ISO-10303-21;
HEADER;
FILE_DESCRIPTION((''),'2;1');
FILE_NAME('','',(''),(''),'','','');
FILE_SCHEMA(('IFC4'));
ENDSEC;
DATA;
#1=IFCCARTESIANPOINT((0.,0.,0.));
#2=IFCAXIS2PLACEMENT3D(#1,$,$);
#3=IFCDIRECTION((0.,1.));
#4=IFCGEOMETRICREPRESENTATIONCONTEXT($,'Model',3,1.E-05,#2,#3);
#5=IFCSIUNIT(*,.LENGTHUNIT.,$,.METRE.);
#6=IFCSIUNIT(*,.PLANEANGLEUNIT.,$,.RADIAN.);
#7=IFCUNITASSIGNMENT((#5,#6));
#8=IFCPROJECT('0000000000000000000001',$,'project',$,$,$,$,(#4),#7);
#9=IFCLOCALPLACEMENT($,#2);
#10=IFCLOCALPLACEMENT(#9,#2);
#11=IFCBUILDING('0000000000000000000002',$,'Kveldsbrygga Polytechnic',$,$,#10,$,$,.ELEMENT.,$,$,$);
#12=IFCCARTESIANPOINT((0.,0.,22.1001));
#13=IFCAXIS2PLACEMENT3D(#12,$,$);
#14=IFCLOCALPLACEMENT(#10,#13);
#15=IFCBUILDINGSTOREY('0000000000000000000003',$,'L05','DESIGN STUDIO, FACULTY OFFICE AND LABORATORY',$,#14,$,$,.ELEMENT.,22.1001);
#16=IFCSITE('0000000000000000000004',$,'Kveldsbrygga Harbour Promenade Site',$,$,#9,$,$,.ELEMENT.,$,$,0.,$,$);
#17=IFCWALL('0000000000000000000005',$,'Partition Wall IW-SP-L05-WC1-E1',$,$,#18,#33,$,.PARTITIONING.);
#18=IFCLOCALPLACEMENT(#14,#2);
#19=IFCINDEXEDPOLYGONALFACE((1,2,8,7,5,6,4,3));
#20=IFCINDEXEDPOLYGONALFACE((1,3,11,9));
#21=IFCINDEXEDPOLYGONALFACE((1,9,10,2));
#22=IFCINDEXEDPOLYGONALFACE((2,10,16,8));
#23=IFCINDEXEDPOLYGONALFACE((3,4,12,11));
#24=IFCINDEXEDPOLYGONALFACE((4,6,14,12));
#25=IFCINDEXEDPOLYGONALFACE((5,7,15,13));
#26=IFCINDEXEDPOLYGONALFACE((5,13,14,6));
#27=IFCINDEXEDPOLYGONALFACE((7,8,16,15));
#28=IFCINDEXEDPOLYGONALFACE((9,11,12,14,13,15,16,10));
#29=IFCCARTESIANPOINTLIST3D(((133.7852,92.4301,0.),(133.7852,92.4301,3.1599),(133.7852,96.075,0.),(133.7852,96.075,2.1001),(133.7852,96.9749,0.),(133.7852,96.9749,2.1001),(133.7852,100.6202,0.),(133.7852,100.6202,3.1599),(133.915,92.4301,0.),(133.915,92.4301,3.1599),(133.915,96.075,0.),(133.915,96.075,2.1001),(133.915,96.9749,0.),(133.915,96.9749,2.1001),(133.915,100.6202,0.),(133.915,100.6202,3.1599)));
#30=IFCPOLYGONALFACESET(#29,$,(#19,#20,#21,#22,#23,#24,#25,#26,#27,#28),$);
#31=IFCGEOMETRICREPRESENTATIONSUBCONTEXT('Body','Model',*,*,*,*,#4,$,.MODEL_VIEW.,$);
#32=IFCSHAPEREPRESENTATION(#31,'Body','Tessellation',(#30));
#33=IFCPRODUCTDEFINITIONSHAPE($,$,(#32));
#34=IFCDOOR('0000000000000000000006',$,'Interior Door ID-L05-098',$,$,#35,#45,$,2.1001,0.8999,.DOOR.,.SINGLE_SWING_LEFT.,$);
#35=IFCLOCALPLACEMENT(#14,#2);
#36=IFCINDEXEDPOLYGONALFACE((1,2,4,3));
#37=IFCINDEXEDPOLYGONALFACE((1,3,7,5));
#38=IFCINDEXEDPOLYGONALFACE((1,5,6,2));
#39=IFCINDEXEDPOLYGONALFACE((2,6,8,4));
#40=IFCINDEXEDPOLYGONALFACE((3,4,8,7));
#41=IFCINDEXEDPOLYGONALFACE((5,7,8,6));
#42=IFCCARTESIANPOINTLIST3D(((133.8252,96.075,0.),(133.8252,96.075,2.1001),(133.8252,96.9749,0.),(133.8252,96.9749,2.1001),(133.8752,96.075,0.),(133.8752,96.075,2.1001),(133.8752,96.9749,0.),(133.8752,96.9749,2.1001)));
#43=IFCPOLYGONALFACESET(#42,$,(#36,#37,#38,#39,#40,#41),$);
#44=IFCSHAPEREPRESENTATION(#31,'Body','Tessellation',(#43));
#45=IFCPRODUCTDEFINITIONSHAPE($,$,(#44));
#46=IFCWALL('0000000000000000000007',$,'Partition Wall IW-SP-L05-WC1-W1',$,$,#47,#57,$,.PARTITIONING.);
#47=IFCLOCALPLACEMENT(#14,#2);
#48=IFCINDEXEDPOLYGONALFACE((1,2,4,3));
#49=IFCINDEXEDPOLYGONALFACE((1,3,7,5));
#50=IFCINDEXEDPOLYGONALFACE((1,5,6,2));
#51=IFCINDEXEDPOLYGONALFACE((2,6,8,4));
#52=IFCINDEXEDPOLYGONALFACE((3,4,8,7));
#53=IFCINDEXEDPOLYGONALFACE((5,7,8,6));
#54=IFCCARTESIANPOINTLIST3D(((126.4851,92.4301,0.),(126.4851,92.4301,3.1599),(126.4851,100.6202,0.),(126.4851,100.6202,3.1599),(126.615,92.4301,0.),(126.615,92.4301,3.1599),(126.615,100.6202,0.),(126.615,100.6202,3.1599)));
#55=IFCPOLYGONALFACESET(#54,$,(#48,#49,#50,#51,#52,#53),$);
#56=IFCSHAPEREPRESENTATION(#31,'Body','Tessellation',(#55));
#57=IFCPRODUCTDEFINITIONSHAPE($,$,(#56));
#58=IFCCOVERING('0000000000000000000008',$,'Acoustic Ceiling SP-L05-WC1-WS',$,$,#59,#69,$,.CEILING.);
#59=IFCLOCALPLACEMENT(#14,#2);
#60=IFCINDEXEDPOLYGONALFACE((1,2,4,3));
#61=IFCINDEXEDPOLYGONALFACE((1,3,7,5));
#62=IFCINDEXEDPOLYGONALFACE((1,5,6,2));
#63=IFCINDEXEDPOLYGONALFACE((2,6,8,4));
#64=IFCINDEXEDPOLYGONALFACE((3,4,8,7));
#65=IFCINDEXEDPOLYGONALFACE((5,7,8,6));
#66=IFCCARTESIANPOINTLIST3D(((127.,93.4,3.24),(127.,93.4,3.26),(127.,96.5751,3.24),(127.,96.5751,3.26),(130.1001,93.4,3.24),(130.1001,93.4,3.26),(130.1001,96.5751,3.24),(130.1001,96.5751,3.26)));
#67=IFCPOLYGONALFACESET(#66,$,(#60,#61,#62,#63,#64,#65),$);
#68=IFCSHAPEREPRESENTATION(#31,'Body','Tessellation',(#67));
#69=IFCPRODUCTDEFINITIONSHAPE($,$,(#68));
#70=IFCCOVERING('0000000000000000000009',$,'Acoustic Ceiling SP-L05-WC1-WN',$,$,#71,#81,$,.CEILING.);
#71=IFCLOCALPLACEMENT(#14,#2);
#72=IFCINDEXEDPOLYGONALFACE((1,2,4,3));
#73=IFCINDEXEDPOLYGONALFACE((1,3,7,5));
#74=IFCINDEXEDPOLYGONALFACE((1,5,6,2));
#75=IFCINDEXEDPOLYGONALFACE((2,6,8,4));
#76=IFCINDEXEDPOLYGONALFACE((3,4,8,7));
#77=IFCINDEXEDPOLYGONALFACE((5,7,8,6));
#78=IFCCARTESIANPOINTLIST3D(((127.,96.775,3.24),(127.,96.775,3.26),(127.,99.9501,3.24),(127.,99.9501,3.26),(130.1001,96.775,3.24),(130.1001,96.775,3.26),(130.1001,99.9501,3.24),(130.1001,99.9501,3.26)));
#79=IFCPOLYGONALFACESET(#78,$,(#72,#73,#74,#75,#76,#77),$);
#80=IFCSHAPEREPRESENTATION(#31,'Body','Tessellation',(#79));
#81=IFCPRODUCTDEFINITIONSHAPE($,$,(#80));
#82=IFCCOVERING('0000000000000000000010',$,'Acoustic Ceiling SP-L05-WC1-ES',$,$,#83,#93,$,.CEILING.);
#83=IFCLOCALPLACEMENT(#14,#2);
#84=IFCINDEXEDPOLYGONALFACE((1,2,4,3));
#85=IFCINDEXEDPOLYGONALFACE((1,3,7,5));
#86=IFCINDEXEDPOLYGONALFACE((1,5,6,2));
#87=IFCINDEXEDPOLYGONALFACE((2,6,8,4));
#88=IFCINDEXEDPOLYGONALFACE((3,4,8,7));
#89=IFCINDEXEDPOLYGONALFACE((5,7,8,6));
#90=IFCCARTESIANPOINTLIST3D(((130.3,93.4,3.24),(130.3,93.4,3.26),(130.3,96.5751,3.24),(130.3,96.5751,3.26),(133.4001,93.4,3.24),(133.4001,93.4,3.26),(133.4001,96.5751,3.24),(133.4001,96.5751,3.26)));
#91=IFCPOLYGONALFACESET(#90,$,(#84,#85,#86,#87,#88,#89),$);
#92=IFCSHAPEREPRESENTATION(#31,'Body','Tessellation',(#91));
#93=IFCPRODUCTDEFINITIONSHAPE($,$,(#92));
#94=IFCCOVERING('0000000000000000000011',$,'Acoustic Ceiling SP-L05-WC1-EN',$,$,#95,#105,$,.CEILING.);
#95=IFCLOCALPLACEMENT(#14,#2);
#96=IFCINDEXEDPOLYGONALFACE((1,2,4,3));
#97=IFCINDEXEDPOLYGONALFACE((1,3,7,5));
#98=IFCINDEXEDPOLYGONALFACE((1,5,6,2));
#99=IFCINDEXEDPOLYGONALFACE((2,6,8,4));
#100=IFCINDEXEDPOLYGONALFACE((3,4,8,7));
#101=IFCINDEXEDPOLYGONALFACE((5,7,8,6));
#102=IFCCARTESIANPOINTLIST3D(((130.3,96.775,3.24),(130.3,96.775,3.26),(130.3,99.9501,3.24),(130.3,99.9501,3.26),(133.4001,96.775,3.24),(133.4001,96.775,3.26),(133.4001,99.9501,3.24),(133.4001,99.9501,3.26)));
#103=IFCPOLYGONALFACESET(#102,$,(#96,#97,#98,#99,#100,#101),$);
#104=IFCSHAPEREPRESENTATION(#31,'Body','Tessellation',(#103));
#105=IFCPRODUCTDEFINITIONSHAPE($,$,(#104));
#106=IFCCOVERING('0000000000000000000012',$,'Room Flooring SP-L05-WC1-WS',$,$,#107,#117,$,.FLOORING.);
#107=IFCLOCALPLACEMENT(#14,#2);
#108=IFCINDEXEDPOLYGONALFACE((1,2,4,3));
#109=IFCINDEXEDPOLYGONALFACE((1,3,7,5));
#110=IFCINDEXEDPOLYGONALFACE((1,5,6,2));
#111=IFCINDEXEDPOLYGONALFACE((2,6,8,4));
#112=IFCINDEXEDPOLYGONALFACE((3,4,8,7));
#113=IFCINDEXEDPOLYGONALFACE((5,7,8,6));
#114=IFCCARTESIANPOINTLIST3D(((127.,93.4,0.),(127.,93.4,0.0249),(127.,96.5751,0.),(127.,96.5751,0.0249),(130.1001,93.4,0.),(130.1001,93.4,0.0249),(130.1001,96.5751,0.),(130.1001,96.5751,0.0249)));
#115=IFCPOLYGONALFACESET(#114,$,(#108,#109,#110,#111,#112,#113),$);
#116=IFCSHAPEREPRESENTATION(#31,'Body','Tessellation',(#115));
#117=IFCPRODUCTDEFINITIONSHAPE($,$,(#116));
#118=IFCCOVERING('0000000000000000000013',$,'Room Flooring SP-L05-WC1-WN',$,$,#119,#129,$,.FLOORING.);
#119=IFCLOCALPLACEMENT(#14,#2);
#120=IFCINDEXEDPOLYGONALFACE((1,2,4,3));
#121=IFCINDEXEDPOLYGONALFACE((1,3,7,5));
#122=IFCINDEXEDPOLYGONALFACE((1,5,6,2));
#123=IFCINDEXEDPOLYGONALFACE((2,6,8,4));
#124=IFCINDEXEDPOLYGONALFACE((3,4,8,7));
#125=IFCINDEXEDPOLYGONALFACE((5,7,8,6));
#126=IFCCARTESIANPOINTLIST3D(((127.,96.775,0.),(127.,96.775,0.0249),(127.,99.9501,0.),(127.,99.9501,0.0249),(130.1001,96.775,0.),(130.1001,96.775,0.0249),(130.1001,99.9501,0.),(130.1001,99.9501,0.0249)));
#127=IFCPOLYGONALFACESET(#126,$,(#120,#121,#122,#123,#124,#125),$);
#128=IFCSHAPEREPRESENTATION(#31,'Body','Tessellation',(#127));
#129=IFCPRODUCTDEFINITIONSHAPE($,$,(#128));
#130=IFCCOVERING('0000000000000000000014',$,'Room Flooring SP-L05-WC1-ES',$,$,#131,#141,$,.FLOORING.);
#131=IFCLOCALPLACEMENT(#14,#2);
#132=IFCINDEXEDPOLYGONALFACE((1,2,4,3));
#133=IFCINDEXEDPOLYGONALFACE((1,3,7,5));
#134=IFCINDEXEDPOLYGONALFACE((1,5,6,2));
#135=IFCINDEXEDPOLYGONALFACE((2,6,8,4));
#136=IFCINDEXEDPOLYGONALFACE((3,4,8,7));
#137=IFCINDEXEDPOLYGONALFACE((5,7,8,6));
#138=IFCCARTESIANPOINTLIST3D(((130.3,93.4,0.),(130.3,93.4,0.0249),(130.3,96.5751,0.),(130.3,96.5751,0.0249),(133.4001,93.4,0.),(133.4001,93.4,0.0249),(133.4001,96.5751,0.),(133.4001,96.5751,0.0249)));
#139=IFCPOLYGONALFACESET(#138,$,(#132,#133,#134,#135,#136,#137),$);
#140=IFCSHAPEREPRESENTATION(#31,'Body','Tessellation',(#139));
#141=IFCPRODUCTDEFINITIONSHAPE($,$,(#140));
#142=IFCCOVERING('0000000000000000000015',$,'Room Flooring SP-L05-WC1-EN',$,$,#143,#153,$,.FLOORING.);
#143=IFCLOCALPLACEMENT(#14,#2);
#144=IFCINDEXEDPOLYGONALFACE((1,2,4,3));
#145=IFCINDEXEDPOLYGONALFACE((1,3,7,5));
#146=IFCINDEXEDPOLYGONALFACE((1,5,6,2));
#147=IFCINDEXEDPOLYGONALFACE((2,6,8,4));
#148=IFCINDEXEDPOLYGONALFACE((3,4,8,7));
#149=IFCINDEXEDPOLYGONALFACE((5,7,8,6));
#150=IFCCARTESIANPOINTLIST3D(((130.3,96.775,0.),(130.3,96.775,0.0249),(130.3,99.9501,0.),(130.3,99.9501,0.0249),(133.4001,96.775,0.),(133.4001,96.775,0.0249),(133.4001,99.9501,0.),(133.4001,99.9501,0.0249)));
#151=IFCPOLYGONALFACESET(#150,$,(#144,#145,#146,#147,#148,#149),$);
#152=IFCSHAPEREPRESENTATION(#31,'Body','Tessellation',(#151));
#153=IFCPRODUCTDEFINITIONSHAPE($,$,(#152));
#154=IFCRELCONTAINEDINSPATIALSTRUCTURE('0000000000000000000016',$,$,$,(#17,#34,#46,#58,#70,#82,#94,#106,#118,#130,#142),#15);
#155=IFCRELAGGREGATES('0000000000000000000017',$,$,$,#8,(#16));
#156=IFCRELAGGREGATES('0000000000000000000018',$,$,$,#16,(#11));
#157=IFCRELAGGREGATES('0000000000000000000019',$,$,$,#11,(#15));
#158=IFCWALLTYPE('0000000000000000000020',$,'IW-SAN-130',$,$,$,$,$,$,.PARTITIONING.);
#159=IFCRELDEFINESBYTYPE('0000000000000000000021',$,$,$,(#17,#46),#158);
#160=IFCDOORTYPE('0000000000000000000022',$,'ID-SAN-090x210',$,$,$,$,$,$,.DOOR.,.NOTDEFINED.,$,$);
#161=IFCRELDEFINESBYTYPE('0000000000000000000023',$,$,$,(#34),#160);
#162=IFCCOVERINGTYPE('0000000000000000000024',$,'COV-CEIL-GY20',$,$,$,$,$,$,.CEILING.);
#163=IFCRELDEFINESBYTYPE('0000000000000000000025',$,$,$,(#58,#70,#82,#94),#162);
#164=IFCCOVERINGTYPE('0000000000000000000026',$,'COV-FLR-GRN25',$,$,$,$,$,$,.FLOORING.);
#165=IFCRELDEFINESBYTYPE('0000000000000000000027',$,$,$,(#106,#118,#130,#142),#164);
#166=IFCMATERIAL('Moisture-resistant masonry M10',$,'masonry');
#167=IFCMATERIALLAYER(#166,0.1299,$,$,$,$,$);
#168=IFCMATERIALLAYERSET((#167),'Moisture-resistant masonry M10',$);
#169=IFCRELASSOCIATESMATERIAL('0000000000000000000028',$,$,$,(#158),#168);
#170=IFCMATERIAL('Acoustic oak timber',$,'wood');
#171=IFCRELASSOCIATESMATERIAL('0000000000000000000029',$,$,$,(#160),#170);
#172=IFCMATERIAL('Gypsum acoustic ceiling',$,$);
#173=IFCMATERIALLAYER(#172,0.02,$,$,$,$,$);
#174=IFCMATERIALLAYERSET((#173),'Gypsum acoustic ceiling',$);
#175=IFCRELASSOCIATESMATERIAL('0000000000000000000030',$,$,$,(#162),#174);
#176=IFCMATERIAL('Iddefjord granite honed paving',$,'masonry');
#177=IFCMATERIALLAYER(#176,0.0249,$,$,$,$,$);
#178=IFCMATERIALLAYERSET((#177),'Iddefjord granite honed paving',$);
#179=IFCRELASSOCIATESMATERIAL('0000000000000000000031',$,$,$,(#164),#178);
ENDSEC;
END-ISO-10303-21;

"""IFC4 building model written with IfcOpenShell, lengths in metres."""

from ifc_helpers import new_model, si_unit, direction, frame, frame_2d, origin, origin_2d, place, context, subcontext, project, spatial, rectangle, extrude, material, layer, layer_set, type_object, element, fill, save


model = new_model("IFC4")

# Units and contexts
model_context = context("Model", 3, precision=1e-05, world=origin(), true_north=direction((0.0, 1.0)))
body_context = subcontext(model_context, "Body", "Model", "MODEL_VIEW")
ifc_project = project(units=[si_unit("LENGTHUNIT", "METRE"), si_unit("PLANEANGLEUNIT", "RADIAN")], contexts=[model_context])

# Site, building, storey
site_placement = place(None, origin())
site = spatial("IfcSite", under=ifc_project, at=site_placement, Name="Kveldsbrygga Harbour Promenade Site", CompositionType="ELEMENT", RefElevation=0.0)
building_placement = place(site_placement, origin())
building = spatial("IfcBuilding", under=site, at=building_placement, Name="Kveldsbrygga Polytechnic", CompositionType="ELEMENT")
storey_placement = place(building_placement, frame((0.0, 0.0, 22.1001)))
storey = spatial("IfcBuildingStorey", under=building, at=storey_placement, Name="L05", Description="DESIGN STUDIO, FACULTY OFFICE AND LABORATORY", CompositionType="ELEMENT", Elevation=22.1001)

# Wall, opening, door
ifc_material_1 = material(Name="Moisture-resistant masonry M10", Category="masonry")
ifc_layer_1 = layer(ifc_material_1, 0.1299)
ifc_layer_set_1 = layer_set([ifc_layer_1], Name="Moisture-resistant masonry M10")
wall_type_1 = type_object("IfcWallType", Name="IW-SAN-130", PredefinedType="PARTITIONING", material=ifc_layer_set_1)
wall_1_placement = place(storey_placement, frame((133.8501, 92.4299, 0.0), z_axis=(0.0, 0.0, 1.0), x_axis=(0.0, 1.0, 0.0)))
wall_1 = element("IfcWall", 1, at=wall_1_placement, inside=storey, type_object=wall_type_1, Name="Partition Wall IW-SP-L05-WC1-E1", PredefinedType="PARTITIONING", context=body_context, shape_type="SweptSolid", body=[
    extrude(rectangle(XDim=8.1902, YDim=0.1299, at=frame_2d((4.0952, 0.0))), origin(), (0.0, 0.0, 1.0), 3.1599),
])
opening_1_placement = place(wall_1_placement, frame((3.645, 0.0, 0.0)))
opening_1 = element("IfcOpeningElement", 2, at=opening_1_placement, cuts=wall_1, PredefinedType="OPENING", context=body_context, shape_type="SweptSolid", body=[
    extrude(rectangle(XDim=0.8999, YDim=2.1001, at=frame_2d((0.45, 1.05))), frame((0.0, 0.075, 0.0), z_axis=(0.0, -1.0, 0.0), x_axis=(1.0, 0.0, 0.0)), (0.0, 0.0, 1.0), 0.1499),
])
ifc_material_2 = material(Name="Acoustic oak timber", Category="wood")
door_type = type_object("IfcDoorType", Name="ID-SAN-090x210", OperationType="NOTDEFINED", PredefinedType="DOOR", material=ifc_material_2)
door_placement = place(opening_1_placement, origin())
door = element("IfcDoor", 3, at=door_placement, inside=storey, type_object=door_type, Name="Interior Door ID-L05-098", OperationType="SINGLE_SWING_LEFT", OverallHeight=2.1001, OverallWidth=0.8999, PredefinedType="DOOR", context=body_context, shape_type="SweptSolid", body=[
    extrude(rectangle(XDim=0.8999, YDim=2.1001, at=frame_2d((0.45, 1.05))), frame((0.0, 0.0249, 0.0), z_axis=(0.0, -1.0, 0.0), x_axis=(1.0, 0.0, 0.0)), (0.0, 0.0, 1.0), 0.05),
])
fill(opening_1, door)

# Wall
wall_2_placement = place(storey_placement, frame((126.55, 92.4299, 0.0), z_axis=(0.0, 0.0, 1.0), x_axis=(0.0, 1.0, 0.0)))
element("IfcWall", 4, at=wall_2_placement, inside=storey, type_object=wall_type_1, Name="Partition Wall IW-SP-L05-WC1-W1", PredefinedType="PARTITIONING", context=body_context, shape_type="SweptSolid", body=[
    extrude(rectangle(XDim=8.1902, YDim=0.1299, at=frame_2d((4.0952, 0.0))), origin(), (0.0, 0.0, 1.0), 3.1599),
])

# Coverings
ifc_material_3 = material(Name="Gypsum acoustic ceiling")
ifc_layer_2 = layer(ifc_material_3, 0.02)
ifc_layer_set_2 = layer_set([ifc_layer_2], Name="Gypsum acoustic ceiling")
covering_type_1 = type_object("IfcCoveringType", Name="COV-CEIL-GY20", PredefinedType="CEILING", material=ifc_layer_set_2)
for number, where, z_axis, x_axis, name in (
    (5, (128.55, 94.9875, 3.24), (0.0, 0.0, 1.0), (1.0, 0.0, 0.0), "Acoustic Ceiling SP-L05-WC1-WS"),
    (6, (128.55, 98.3625, 3.24), (0.0, 0.0, 1.0), (1.0, 0.0, 0.0), "Acoustic Ceiling SP-L05-WC1-WN"),
    (7, (131.8501, 94.9875, 3.24), (0.0, 0.0, 1.0), (1.0, 0.0, 0.0), "Acoustic Ceiling SP-L05-WC1-ES"),
    (8, (131.8501, 98.3625, 3.24), (0.0, 0.0, 1.0), (1.0, 0.0, 0.0), "Acoustic Ceiling SP-L05-WC1-EN"),
):
    element("IfcCovering", number, at=place(storey_placement, frame(where, z_axis=z_axis, x_axis=x_axis)), inside=storey, type_object=covering_type_1, Name=name, PredefinedType="CEILING", context=body_context, shape_type="SweptSolid", body=[
        extrude(rectangle(XDim=3.1001, YDim=3.175, at=origin_2d()), origin(), (0.0, 0.0, 1.0), 0.02),
    ])
ifc_material_4 = material(Name="Iddefjord granite honed paving", Category="masonry")
ifc_layer_3 = layer(ifc_material_4, 0.0249)
ifc_layer_set_3 = layer_set([ifc_layer_3], Name="Iddefjord granite honed paving")
covering_type_2 = type_object("IfcCoveringType", Name="COV-FLR-GRN25", PredefinedType="FLOORING", material=ifc_layer_set_3)
for number, where, z_axis, x_axis, name in (
    (9, (128.55, 94.9875, 0.0), (0.0, 0.0, 1.0), (1.0, 0.0, 0.0), "Room Flooring SP-L05-WC1-WS"),
    (10, (128.55, 98.3625, 0.0), (0.0, 0.0, 1.0), (1.0, 0.0, 0.0), "Room Flooring SP-L05-WC1-WN"),
    (11, (131.8501, 94.9875, 0.0), (0.0, 0.0, 1.0), (1.0, 0.0, 0.0), "Room Flooring SP-L05-WC1-ES"),
    (12, (131.8501, 98.3625, 0.0), (0.0, 0.0, 1.0), (1.0, 0.0, 0.0), "Room Flooring SP-L05-WC1-EN"),
):
    element("IfcCovering", number, at=place(storey_placement, frame(where, z_axis=z_axis, x_axis=x_axis)), inside=storey, type_object=covering_type_2, Name=name, PredefinedType="FLOORING", context=body_context, shape_type="SweptSolid", body=[
        extrude(rectangle(XDim=3.1001, YDim=3.175, at=origin_2d()), origin(), (0.0, 0.0, 1.0), 0.0249),
    ])

save(model, "model.ifc")
